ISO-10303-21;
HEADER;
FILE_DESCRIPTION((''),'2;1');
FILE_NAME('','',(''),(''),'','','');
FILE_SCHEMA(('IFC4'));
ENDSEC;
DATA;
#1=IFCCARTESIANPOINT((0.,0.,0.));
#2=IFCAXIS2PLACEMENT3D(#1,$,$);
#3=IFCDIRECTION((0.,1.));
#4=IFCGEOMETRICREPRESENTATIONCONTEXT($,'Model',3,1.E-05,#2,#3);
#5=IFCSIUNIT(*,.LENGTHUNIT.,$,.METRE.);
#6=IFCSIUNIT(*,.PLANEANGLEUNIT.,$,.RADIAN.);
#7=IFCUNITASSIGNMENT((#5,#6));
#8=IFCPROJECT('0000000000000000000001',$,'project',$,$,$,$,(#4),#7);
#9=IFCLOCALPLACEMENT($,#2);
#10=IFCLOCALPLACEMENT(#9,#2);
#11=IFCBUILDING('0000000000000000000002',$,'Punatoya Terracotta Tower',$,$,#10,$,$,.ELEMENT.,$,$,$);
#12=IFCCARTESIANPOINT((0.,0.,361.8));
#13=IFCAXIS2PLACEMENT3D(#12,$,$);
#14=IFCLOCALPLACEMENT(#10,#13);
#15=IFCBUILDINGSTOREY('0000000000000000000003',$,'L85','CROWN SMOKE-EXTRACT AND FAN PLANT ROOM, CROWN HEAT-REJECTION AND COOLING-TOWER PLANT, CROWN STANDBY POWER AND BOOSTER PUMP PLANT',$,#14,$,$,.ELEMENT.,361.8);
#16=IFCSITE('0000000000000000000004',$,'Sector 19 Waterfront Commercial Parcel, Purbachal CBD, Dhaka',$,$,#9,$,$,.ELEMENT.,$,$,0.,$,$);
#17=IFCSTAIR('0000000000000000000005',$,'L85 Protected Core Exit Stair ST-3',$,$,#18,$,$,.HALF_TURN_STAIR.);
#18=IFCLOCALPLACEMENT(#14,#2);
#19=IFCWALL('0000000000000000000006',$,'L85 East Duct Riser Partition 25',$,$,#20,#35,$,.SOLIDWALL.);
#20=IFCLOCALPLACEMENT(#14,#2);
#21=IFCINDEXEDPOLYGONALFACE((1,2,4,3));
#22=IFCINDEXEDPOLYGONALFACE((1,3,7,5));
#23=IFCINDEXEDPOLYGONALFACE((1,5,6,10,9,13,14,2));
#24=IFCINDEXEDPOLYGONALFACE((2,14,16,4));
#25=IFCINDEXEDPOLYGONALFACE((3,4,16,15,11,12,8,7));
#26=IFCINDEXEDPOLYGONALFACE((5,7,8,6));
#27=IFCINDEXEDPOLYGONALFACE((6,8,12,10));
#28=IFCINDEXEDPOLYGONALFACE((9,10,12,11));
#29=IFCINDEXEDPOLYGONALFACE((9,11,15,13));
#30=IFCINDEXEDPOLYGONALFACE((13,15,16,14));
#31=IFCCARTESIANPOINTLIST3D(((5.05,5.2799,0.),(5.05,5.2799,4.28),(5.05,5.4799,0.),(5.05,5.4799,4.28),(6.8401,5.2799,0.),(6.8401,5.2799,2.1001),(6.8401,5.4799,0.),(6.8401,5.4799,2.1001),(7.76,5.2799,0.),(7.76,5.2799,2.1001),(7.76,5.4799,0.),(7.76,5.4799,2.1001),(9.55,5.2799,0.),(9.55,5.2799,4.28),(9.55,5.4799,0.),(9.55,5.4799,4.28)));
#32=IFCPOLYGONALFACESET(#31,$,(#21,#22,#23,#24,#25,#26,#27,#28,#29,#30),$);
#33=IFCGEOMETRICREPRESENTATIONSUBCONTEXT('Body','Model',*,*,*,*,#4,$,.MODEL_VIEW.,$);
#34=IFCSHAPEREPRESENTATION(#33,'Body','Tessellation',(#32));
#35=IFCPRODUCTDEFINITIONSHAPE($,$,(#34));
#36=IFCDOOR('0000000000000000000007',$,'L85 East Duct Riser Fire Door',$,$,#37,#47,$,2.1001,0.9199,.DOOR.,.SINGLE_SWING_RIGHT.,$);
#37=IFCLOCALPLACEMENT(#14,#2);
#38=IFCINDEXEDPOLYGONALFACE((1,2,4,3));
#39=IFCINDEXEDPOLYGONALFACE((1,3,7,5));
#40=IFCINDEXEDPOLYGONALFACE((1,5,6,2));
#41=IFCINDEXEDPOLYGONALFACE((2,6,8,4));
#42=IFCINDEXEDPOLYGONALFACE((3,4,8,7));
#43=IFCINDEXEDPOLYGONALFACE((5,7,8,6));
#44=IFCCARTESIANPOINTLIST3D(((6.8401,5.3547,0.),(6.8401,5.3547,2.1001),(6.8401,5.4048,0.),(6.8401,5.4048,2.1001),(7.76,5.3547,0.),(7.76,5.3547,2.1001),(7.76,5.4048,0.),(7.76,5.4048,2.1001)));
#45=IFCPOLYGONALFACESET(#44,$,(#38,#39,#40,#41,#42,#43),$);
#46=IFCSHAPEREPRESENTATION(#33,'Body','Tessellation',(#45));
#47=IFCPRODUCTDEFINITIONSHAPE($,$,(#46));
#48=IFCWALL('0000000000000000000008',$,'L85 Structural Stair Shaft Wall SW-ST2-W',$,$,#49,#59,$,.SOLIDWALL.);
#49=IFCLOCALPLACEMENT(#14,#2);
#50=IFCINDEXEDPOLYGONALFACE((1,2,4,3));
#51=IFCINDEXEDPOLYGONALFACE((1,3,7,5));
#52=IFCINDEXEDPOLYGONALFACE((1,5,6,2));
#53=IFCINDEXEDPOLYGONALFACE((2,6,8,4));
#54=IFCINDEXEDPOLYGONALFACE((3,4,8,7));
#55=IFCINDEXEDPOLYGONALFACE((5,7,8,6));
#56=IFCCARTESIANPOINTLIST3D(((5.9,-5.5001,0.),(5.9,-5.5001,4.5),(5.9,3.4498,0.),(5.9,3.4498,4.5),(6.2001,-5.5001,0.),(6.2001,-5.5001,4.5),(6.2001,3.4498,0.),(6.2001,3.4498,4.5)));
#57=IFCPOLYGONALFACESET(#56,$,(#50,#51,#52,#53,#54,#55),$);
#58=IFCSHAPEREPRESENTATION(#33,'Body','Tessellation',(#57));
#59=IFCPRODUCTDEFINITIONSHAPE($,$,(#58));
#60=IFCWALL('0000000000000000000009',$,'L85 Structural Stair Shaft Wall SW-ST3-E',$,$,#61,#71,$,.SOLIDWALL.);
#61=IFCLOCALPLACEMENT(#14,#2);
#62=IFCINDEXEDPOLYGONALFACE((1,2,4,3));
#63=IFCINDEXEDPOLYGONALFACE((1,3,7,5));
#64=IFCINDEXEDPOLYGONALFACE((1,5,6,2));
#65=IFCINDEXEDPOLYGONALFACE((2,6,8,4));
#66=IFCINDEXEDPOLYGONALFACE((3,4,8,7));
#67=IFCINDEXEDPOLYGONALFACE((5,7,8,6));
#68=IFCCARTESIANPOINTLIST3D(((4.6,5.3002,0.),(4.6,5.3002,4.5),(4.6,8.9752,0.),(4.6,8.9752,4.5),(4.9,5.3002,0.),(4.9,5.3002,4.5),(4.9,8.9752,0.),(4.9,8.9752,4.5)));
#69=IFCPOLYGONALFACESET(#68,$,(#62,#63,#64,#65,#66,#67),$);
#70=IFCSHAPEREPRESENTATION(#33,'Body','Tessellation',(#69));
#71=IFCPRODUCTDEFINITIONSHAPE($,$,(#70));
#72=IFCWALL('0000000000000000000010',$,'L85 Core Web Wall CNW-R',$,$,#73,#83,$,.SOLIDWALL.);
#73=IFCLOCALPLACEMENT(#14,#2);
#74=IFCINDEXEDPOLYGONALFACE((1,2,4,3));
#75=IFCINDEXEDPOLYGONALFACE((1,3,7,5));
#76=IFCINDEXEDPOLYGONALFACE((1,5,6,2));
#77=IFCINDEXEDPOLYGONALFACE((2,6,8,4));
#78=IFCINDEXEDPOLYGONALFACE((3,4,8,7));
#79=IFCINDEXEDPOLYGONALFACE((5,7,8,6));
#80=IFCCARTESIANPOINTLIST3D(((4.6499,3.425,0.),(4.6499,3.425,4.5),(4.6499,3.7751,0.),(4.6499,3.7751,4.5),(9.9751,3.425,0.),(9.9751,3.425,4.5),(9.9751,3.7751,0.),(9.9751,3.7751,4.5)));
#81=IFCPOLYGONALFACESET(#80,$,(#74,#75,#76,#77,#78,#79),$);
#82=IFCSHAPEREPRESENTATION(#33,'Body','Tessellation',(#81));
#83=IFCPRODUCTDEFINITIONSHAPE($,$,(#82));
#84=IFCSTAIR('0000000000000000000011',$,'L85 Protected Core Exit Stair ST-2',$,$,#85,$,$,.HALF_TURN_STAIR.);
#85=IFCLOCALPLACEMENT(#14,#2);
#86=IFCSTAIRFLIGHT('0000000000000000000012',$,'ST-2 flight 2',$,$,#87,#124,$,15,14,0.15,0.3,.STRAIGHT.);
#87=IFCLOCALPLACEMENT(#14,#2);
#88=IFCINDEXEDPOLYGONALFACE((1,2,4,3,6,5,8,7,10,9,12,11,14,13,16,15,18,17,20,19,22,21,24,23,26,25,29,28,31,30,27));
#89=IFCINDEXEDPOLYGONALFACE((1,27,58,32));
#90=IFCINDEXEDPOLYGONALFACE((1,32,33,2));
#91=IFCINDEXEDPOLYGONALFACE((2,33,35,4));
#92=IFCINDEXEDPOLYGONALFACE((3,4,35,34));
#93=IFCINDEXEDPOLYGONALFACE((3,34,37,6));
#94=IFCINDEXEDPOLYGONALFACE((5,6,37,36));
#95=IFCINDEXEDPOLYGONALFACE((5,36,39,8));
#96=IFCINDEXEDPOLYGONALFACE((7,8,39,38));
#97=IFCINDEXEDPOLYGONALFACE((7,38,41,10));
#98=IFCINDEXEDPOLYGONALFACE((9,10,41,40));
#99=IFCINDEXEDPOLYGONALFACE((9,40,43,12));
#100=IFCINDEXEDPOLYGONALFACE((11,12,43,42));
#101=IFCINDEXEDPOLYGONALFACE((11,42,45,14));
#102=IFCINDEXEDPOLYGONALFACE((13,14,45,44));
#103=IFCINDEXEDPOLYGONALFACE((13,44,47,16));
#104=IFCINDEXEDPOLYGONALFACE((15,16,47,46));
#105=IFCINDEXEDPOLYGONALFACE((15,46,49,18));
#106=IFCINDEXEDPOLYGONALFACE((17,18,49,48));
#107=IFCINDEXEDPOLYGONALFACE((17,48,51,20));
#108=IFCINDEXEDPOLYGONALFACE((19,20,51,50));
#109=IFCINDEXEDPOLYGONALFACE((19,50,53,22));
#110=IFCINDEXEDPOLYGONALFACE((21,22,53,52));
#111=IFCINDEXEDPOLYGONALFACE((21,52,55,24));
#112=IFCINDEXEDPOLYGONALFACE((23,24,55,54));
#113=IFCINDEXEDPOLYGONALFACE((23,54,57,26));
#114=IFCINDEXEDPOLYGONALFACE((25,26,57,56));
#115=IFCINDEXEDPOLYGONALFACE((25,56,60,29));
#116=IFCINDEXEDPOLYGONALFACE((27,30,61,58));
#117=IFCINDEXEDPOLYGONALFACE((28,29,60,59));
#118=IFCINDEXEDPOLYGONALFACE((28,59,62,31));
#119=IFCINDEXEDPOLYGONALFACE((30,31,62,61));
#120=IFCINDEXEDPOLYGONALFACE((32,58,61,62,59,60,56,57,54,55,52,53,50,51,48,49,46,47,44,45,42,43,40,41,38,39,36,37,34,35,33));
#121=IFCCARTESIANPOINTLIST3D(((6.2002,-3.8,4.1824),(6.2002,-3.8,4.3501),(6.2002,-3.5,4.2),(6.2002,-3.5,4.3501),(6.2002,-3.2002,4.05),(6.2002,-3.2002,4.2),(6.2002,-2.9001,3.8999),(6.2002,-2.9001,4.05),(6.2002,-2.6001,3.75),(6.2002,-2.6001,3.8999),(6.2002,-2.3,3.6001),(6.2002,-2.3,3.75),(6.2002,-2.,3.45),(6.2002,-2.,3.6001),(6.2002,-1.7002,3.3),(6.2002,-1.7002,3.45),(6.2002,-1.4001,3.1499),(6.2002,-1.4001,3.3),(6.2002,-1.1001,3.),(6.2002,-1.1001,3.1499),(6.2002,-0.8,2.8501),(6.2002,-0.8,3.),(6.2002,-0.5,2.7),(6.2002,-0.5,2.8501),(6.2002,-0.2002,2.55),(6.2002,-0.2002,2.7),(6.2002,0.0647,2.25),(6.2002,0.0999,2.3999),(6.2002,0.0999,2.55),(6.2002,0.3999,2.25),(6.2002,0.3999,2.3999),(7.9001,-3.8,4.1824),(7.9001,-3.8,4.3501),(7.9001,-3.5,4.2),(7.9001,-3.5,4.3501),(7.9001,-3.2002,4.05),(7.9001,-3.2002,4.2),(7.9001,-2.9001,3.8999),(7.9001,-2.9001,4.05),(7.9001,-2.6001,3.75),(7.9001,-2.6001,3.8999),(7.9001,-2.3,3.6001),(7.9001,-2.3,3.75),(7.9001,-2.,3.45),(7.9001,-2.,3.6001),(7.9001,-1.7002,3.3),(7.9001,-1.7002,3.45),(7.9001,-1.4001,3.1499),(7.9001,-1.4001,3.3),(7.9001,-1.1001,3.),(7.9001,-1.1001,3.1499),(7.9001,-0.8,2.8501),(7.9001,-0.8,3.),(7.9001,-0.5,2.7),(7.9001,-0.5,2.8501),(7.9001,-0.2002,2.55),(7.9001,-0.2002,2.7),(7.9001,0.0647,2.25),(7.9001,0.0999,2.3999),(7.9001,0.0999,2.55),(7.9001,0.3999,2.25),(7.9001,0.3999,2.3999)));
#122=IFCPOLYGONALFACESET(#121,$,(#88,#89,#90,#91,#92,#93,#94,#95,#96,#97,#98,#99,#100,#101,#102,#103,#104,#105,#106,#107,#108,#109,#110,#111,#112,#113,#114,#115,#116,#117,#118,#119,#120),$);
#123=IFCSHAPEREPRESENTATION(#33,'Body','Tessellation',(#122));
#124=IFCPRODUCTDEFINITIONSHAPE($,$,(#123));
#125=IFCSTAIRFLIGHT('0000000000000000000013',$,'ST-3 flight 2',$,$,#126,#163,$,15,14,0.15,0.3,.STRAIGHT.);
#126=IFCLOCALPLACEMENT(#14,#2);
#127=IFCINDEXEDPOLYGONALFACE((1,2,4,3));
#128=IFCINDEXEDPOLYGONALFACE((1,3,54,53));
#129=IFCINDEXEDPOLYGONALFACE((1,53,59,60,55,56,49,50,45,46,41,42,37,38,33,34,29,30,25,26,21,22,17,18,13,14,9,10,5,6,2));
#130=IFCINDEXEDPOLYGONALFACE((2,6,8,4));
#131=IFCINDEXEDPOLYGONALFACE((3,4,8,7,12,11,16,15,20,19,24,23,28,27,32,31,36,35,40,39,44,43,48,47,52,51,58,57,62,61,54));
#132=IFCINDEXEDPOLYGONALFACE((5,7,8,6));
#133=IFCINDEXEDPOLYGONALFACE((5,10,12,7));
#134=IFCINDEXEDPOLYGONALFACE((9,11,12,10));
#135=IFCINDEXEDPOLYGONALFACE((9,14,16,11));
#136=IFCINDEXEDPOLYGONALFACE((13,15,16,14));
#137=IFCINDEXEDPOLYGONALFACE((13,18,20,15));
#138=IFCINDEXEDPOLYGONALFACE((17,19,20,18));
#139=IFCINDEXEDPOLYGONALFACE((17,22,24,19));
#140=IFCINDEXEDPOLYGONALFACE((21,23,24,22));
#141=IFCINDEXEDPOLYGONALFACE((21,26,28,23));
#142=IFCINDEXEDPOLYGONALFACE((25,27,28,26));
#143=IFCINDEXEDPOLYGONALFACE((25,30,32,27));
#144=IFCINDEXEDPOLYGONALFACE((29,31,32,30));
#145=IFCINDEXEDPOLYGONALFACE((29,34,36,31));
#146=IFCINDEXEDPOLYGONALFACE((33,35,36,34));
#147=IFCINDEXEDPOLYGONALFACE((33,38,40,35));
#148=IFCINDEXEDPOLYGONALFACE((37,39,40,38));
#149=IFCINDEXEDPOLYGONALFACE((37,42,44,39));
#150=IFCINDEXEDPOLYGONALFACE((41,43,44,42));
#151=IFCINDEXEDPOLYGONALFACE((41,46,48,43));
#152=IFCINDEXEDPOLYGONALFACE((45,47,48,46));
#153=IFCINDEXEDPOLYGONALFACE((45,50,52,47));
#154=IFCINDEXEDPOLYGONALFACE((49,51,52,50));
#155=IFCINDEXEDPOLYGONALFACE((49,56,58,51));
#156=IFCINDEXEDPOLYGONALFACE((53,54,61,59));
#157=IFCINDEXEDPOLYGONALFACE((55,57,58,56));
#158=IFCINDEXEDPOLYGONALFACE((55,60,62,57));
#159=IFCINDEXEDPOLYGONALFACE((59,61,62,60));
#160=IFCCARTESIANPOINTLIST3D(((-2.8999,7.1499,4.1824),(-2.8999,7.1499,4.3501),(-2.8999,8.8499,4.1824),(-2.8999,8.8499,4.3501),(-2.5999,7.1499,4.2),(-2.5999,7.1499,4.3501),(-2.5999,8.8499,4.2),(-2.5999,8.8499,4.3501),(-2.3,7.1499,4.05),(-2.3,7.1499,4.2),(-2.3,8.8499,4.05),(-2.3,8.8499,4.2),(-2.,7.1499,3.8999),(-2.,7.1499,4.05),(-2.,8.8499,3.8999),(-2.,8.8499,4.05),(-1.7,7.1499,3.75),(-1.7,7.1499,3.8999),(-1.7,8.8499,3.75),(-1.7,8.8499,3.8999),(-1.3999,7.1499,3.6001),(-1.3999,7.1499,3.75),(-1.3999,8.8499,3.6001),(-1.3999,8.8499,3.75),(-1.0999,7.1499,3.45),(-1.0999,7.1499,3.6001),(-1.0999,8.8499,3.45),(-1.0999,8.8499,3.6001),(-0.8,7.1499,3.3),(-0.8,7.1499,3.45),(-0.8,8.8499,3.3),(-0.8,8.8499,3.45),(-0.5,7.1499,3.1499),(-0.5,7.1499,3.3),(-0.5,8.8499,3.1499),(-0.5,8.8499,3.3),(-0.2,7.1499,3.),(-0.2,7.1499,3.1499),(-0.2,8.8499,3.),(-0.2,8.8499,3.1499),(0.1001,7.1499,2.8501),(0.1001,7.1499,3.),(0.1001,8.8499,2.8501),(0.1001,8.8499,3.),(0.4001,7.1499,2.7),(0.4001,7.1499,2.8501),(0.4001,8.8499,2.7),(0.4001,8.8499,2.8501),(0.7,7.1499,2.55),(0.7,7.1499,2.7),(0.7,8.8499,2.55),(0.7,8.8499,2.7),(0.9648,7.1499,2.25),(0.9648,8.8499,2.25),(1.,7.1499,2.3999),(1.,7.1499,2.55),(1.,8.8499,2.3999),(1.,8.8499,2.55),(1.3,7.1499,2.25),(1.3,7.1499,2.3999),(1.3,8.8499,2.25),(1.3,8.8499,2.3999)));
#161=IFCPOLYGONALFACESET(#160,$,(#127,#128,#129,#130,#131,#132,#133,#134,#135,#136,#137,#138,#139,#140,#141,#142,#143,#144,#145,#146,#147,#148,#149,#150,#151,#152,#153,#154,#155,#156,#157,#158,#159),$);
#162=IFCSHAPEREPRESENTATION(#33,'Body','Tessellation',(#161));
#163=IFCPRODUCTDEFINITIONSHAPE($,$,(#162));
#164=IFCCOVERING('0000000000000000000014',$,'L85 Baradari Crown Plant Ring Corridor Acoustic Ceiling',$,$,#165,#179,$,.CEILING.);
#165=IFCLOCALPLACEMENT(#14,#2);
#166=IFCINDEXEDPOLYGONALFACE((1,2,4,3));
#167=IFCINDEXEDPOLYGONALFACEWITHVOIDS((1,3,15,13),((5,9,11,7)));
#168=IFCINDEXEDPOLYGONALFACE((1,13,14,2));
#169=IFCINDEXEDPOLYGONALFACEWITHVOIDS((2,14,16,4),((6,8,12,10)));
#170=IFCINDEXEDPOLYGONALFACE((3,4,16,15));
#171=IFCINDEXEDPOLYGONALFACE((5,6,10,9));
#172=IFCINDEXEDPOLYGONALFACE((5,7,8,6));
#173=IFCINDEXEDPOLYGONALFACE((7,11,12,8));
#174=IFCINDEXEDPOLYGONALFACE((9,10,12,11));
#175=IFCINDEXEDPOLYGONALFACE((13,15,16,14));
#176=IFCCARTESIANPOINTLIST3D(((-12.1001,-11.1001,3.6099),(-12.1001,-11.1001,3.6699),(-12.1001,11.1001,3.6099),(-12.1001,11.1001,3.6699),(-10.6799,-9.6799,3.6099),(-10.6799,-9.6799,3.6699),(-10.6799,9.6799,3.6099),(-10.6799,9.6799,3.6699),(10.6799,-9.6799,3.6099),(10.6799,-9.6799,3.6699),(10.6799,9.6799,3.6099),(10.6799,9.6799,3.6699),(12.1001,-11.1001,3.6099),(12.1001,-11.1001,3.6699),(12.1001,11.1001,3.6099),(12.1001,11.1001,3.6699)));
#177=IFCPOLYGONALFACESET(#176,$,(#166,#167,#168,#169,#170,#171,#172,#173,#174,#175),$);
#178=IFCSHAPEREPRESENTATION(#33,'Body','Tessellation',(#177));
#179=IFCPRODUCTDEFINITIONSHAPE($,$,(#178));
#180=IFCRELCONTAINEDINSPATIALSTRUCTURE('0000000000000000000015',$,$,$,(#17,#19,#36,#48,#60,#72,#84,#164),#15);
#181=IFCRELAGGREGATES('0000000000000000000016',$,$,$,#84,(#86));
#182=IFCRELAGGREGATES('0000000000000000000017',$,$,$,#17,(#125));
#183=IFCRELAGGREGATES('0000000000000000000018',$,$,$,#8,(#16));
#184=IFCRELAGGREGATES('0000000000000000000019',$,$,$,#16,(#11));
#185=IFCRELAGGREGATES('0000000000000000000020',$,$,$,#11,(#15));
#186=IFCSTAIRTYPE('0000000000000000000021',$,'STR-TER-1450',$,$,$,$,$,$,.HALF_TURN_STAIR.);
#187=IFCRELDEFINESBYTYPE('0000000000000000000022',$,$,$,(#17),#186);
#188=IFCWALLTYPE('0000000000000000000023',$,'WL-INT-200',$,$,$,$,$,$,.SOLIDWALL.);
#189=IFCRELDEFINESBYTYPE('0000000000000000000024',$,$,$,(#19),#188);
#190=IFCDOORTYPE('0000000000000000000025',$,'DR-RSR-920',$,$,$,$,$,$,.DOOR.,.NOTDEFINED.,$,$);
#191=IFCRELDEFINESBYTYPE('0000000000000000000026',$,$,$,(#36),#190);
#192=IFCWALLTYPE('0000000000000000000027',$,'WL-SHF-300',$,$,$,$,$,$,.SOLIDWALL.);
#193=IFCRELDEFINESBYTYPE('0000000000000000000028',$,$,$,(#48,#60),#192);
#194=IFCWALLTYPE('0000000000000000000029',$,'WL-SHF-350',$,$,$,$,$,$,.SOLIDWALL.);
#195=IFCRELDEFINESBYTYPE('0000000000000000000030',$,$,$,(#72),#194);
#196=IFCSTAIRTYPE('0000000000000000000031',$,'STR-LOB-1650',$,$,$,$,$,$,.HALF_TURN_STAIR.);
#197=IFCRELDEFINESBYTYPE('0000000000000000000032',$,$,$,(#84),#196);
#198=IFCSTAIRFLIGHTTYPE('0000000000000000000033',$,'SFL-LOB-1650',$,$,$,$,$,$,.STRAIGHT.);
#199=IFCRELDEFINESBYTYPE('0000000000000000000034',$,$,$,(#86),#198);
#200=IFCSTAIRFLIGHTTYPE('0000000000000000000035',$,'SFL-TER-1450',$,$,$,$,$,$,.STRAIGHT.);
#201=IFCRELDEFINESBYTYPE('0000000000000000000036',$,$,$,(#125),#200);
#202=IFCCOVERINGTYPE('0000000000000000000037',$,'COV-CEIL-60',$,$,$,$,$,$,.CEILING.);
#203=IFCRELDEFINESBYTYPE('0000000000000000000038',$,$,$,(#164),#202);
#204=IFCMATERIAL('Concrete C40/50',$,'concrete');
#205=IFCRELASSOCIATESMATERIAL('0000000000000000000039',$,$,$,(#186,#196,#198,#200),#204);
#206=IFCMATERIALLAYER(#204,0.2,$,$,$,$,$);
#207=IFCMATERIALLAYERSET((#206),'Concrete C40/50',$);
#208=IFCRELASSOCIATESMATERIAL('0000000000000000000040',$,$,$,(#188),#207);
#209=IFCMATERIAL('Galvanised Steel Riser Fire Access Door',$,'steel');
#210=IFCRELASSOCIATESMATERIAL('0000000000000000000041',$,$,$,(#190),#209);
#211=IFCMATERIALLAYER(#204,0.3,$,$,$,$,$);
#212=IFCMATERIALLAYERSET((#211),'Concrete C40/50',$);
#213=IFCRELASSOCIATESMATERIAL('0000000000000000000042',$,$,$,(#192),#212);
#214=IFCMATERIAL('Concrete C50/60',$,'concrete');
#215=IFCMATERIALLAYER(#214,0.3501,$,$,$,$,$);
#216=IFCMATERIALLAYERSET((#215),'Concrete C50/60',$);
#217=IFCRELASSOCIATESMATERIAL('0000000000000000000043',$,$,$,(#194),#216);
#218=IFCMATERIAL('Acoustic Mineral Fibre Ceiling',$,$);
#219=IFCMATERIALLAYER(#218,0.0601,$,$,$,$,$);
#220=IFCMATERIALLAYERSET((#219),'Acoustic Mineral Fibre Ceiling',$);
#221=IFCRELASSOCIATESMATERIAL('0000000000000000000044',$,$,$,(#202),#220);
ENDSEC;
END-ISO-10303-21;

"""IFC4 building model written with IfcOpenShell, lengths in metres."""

from ifc_helpers import new_model, si_unit, direction, frame, frame_2d, origin, place, context, subcontext, project, spatial, polyline, rectangle, outline, extrude, material, layer, layer_set, type_object, element, fill, aggregate, save


model = new_model("IFC4")

# Units and contexts
model_context = context("Model", 3, precision=1e-05, world=origin(), true_north=direction((0.0, 1.0)))
body_context = subcontext(model_context, "Body", "Model", "MODEL_VIEW")
ifc_project = project(units=[si_unit("LENGTHUNIT", "METRE"), si_unit("PLANEANGLEUNIT", "RADIAN")], contexts=[model_context])

# Site, building, storey
site_placement = place(None, origin())
site = spatial("IfcSite", under=ifc_project, at=site_placement, Name="Sector 19 Waterfront Commercial Parcel, Purbachal CBD, Dhaka", CompositionType="ELEMENT", RefElevation=0.0)
building_placement = place(site_placement, origin())
building = spatial("IfcBuilding", under=site, at=building_placement, Name="Punatoya Terracotta Tower", CompositionType="ELEMENT")
storey_placement = place(building_placement, frame((0.0, 0.0, 361.8)))
storey = spatial("IfcBuildingStorey", under=building, at=storey_placement, Name="L85", Description="CROWN SMOKE-EXTRACT AND FAN PLANT ROOM, CROWN HEAT-REJECTION AND COOLING-TOWER PLANT, CROWN STANDBY POWER AND BOOSTER PUMP PLANT", CompositionType="ELEMENT", Elevation=361.8)

# Stair
ifc_material_1 = material(Name="Concrete C40/50", Category="concrete")
stair_type_1 = type_object("IfcStairType", Name="STR-TER-1450", PredefinedType="HALF_TURN_STAIR", material=ifc_material_1)
stair_1_placement = place(storey_placement, origin())
stair_1 = element("IfcStair", 1, at=stair_1_placement, inside=storey, type_object=stair_type_1, Name="L85 Protected Core Exit Stair ST-3", PredefinedType="HALF_TURN_STAIR")

# Shared definitions
ifc_layer_1 = layer(ifc_material_1, 0.2)
ifc_layer_set_1 = layer_set([ifc_layer_1], Name="Concrete C40/50")
wall_type_1 = type_object("IfcWallType", Name="WL-INT-200", PredefinedType="SOLIDWALL", material=ifc_layer_set_1)
ifc_material_2 = material(Name="Galvanised Steel Riser Fire Access Door", Category="steel")
door_type = type_object("IfcDoorType", Name="DR-RSR-920", OperationType="NOTDEFINED", PredefinedType="DOOR", material=ifc_material_2)

# Wall, opening, door
wall_1_placement = place(storey_placement, frame((5.05, 5.3799, 0.0), z_axis=(0.0, 0.0, 1.0), x_axis=(1.0, 0.0, 0.0)))
wall_1 = element("IfcWall", 2, at=wall_1_placement, inside=storey, type_object=wall_type_1, Name="L85 East Duct Riser Partition 25", PredefinedType="SOLIDWALL", context=body_context, shape_type="SweptSolid", body=[
    extrude(rectangle(XDim=4.5, YDim=0.2, at=frame_2d((2.25, 0.0))), origin(), (0.0, 0.0, 1.0), 4.28),
])
opening_1_placement = place(wall_1_placement, frame((1.79, 0.0, 0.0)))
opening_1 = element("IfcOpeningElement", 3, at=opening_1_placement, cuts=wall_1, PredefinedType="OPENING", context=body_context, shape_type="SweptSolid", body=[
    extrude(rectangle(XDim=0.9199, YDim=2.1001, at=frame_2d((0.46, 1.05))), frame((0.0, 0.1099, 0.0), z_axis=(0.0, -1.0, 0.0), x_axis=(1.0, 0.0, 0.0)), (0.0, 0.0, 1.0), 0.22),
])
door_1_placement = place(opening_1_placement, origin())
door_1 = element("IfcDoor", 4, at=door_1_placement, inside=storey, type_object=door_type, Name="L85 East Duct Riser Fire Door", OperationType="SINGLE_SWING_RIGHT", OverallHeight=2.1001, OverallWidth=0.9199, PredefinedType="DOOR", context=body_context, shape_type="SweptSolid", body=[
    extrude(rectangle(XDim=0.9199, YDim=2.1001, at=frame_2d((0.46, 1.05))), frame((0.0, 0.0249, 0.0), z_axis=(0.0, -1.0, 0.0), x_axis=(1.0, 0.0, 0.0)), (0.0, 0.0, 1.0), 0.05),
])
fill(opening_1, door_1)

# Walls
ifc_layer_2 = layer(ifc_material_1, 0.3)
ifc_layer_set_2 = layer_set([ifc_layer_2], Name="Concrete C40/50")
wall_type_2 = type_object("IfcWallType", Name="WL-SHF-300", PredefinedType="SOLIDWALL", material=ifc_layer_set_2)
wall_2_placement = place(storey_placement, frame((6.05, 3.45, 0.0), z_axis=(0.0, 0.0, 1.0), x_axis=(0.0, -1.0, 0.0)))
element("IfcWall", 5, at=wall_2_placement, inside=storey, type_object=wall_type_2, Name="L85 Structural Stair Shaft Wall SW-ST2-W", PredefinedType="SOLIDWALL", context=body_context, shape_type="SweptSolid", body=[
    extrude(rectangle(XDim=8.95, YDim=0.3, at=frame_2d((4.4751, 0.0))), origin(), (0.0, 0.0, 1.0), 4.5),
])
wall_3_placement = place(storey_placement, frame((4.75, 8.9751, 0.0), z_axis=(0.0, 0.0, 1.0), x_axis=(0.0, -1.0, 0.0)))
element("IfcWall", 6, at=wall_3_placement, inside=storey, type_object=wall_type_2, Name="L85 Structural Stair Shaft Wall SW-ST3-E", PredefinedType="SOLIDWALL", context=body_context, shape_type="SweptSolid", body=[
    extrude(rectangle(XDim=3.675, YDim=0.3, at=frame_2d((1.8374, 0.0))), origin(), (0.0, 0.0, 1.0), 4.5),
])
ifc_material_3 = material(Name="Concrete C50/60", Category="concrete")
ifc_layer_3 = layer(ifc_material_3, 0.3501)
ifc_layer_set_3 = layer_set([ifc_layer_3], Name="Concrete C50/60")
wall_type_3 = type_object("IfcWallType", Name="WL-SHF-350", PredefinedType="SOLIDWALL", material=ifc_layer_set_3)
wall_4_placement = place(storey_placement, frame((4.6499, 3.6001, 0.0), z_axis=(0.0, 0.0, 1.0), x_axis=(1.0, 0.0, 0.0)))
element("IfcWall", 7, at=wall_4_placement, inside=storey, type_object=wall_type_3, Name="L85 Core Web Wall CNW-R", PredefinedType="SOLIDWALL", context=body_context, shape_type="SweptSolid", body=[
    extrude(rectangle(XDim=5.3252, YDim=0.3501, at=frame_2d((2.6626, 0.0))), origin(), (0.0, 0.0, 1.0), 4.5),
])

# Stair, stair flight
stair_type_2 = type_object("IfcStairType", Name="STR-LOB-1650", PredefinedType="HALF_TURN_STAIR", material=ifc_material_1)
stair_2_placement = place(storey_placement, origin())
stair_2 = element("IfcStair", 8, at=stair_2_placement, inside=storey, type_object=stair_type_2, Name="L85 Protected Core Exit Stair ST-2", PredefinedType="HALF_TURN_STAIR")
stair_flight_type_1 = type_object("IfcStairFlightType", Name="SFL-LOB-1650", PredefinedType="STRAIGHT", material=ifc_material_1)
stair_flight_1_placement = place(storey_placement, frame((7.05, 0.3999, 2.25), z_axis=(0.0, 0.0, 1.0), x_axis=(0.0, -1.0, 0.0)))
stair_flight_1 = element("IfcStairFlight", 9, at=stair_flight_1_placement, type_object=stair_flight_type_1, Name="ST-2 flight 2", NumberOfRisers=15, NumberOfTreads=14, PredefinedType="STRAIGHT", RiserHeight=0.15, TreadLength=0.3, context=body_context, shape_type="SweptSolid", body=[
    extrude(outline(polyline([(0.0, 0.0), (0.0, 0.1499), (0.3, 0.1499), (0.3, 0.3), (0.6001, 0.3), (0.6001, 0.45), (0.8999, 0.45), (0.8999, 0.6001), (1.2, 0.6001), (1.2, 0.75), (1.5, 0.75), (1.5, 0.8999), (1.8, 0.8999), (1.8, 1.05), (2.1001, 1.05), (2.1001, 1.2), (2.3999, 1.2), (2.3999, 1.3501), (2.7, 1.3501), (2.7, 1.5), (3.0, 1.5), (3.0, 1.6499), (3.3, 1.6499), (3.3, 1.8), (3.6001, 1.8), (3.6001, 1.95), (3.8999, 1.95), (3.8999, 2.1001), (4.2, 2.1001), (4.2, 2.25), (4.2, 1.9324), (0.3352, 0.0), (0.0, 0.0)])), frame((0.0, 0.8501, 0.0), z_axis=(0.0, -1.0, 0.0), x_axis=(1.0, 0.0, 0.0)), (0.0, 0.0, 1.0), 1.7),
])
aggregate(stair_2, [stair_flight_1])

# Stair flight
stair_flight_type_2 = type_object("IfcStairFlightType", Name="SFL-TER-1450", PredefinedType="STRAIGHT", material=ifc_material_1)
stair_flight_2_placement = place(storey_placement, frame((1.3, 8.0, 2.25), z_axis=(0.0, 0.0, 1.0), x_axis=(-1.0, 0.0, 0.0)))
stair_flight_2 = element("IfcStairFlight", 10, at=stair_flight_2_placement, type_object=stair_flight_type_2, Name="ST-3 flight 2", NumberOfRisers=15, NumberOfTreads=14, PredefinedType="STRAIGHT", RiserHeight=0.15, TreadLength=0.3, context=body_context, shape_type="SweptSolid", body=[
    extrude(outline(polyline([(0.0, 0.0), (0.0, 0.1499), (0.3, 0.1499), (0.3, 0.3), (0.6001, 0.3), (0.6001, 0.45), (0.8999, 0.45), (0.8999, 0.6001), (1.2, 0.6001), (1.2, 0.75), (1.5, 0.75), (1.5, 0.8999), (1.8, 0.8999), (1.8, 1.05), (2.1001, 1.05), (2.1001, 1.2), (2.3999, 1.2), (2.3999, 1.3501), (2.7, 1.3501), (2.7, 1.5), (3.0, 1.5), (3.0, 1.6499), (3.3, 1.6499), (3.3, 1.8), (3.6001, 1.8), (3.6001, 1.95), (3.8999, 1.95), (3.8999, 2.1001), (4.2, 2.1001), (4.2, 2.25), (4.2, 1.9324), (0.3352, 0.0), (0.0, 0.0)])), frame((0.0, 0.8501, 0.0), z_axis=(0.0, -1.0, 0.0), x_axis=(1.0, 0.0, 0.0)), (0.0, 0.0, 1.0), 1.7),
])
aggregate(stair_1, [stair_flight_2])

# Covering
ifc_material_4 = material(Name="Acoustic Mineral Fibre Ceiling")
ifc_layer_4 = layer(ifc_material_4, 0.0601)
ifc_layer_set_4 = layer_set([ifc_layer_4], Name="Acoustic Mineral Fibre Ceiling")
covering_type = type_object("IfcCoveringType", Name="COV-CEIL-60", PredefinedType="CEILING", material=ifc_layer_set_4)
covering_placement = place(storey_placement, frame((0.0, 0.0, 3.6099)))
element("IfcCovering", 11, at=covering_placement, inside=storey, type_object=covering_type, Name="L85 Baradari Crown Plant Ring Corridor Acoustic Ceiling", PredefinedType="CEILING", context=body_context, shape_type="SweptSolid", body=[
    extrude(outline(polyline([(-12.1001, 11.1001), (-12.1001, -11.1001), (12.1001, -11.1001), (12.1001, 11.1001), (-12.1001, 11.1001)]), holes=[polyline([(-10.6799, 9.6799), (10.6799, 9.6799), (10.6799, -9.6799), (-10.6799, -9.6799), (-10.6799, 9.6799)])]), origin(), (0.0, 0.0, 1.0), 0.0601),
])

save(model, "model.ifc")
